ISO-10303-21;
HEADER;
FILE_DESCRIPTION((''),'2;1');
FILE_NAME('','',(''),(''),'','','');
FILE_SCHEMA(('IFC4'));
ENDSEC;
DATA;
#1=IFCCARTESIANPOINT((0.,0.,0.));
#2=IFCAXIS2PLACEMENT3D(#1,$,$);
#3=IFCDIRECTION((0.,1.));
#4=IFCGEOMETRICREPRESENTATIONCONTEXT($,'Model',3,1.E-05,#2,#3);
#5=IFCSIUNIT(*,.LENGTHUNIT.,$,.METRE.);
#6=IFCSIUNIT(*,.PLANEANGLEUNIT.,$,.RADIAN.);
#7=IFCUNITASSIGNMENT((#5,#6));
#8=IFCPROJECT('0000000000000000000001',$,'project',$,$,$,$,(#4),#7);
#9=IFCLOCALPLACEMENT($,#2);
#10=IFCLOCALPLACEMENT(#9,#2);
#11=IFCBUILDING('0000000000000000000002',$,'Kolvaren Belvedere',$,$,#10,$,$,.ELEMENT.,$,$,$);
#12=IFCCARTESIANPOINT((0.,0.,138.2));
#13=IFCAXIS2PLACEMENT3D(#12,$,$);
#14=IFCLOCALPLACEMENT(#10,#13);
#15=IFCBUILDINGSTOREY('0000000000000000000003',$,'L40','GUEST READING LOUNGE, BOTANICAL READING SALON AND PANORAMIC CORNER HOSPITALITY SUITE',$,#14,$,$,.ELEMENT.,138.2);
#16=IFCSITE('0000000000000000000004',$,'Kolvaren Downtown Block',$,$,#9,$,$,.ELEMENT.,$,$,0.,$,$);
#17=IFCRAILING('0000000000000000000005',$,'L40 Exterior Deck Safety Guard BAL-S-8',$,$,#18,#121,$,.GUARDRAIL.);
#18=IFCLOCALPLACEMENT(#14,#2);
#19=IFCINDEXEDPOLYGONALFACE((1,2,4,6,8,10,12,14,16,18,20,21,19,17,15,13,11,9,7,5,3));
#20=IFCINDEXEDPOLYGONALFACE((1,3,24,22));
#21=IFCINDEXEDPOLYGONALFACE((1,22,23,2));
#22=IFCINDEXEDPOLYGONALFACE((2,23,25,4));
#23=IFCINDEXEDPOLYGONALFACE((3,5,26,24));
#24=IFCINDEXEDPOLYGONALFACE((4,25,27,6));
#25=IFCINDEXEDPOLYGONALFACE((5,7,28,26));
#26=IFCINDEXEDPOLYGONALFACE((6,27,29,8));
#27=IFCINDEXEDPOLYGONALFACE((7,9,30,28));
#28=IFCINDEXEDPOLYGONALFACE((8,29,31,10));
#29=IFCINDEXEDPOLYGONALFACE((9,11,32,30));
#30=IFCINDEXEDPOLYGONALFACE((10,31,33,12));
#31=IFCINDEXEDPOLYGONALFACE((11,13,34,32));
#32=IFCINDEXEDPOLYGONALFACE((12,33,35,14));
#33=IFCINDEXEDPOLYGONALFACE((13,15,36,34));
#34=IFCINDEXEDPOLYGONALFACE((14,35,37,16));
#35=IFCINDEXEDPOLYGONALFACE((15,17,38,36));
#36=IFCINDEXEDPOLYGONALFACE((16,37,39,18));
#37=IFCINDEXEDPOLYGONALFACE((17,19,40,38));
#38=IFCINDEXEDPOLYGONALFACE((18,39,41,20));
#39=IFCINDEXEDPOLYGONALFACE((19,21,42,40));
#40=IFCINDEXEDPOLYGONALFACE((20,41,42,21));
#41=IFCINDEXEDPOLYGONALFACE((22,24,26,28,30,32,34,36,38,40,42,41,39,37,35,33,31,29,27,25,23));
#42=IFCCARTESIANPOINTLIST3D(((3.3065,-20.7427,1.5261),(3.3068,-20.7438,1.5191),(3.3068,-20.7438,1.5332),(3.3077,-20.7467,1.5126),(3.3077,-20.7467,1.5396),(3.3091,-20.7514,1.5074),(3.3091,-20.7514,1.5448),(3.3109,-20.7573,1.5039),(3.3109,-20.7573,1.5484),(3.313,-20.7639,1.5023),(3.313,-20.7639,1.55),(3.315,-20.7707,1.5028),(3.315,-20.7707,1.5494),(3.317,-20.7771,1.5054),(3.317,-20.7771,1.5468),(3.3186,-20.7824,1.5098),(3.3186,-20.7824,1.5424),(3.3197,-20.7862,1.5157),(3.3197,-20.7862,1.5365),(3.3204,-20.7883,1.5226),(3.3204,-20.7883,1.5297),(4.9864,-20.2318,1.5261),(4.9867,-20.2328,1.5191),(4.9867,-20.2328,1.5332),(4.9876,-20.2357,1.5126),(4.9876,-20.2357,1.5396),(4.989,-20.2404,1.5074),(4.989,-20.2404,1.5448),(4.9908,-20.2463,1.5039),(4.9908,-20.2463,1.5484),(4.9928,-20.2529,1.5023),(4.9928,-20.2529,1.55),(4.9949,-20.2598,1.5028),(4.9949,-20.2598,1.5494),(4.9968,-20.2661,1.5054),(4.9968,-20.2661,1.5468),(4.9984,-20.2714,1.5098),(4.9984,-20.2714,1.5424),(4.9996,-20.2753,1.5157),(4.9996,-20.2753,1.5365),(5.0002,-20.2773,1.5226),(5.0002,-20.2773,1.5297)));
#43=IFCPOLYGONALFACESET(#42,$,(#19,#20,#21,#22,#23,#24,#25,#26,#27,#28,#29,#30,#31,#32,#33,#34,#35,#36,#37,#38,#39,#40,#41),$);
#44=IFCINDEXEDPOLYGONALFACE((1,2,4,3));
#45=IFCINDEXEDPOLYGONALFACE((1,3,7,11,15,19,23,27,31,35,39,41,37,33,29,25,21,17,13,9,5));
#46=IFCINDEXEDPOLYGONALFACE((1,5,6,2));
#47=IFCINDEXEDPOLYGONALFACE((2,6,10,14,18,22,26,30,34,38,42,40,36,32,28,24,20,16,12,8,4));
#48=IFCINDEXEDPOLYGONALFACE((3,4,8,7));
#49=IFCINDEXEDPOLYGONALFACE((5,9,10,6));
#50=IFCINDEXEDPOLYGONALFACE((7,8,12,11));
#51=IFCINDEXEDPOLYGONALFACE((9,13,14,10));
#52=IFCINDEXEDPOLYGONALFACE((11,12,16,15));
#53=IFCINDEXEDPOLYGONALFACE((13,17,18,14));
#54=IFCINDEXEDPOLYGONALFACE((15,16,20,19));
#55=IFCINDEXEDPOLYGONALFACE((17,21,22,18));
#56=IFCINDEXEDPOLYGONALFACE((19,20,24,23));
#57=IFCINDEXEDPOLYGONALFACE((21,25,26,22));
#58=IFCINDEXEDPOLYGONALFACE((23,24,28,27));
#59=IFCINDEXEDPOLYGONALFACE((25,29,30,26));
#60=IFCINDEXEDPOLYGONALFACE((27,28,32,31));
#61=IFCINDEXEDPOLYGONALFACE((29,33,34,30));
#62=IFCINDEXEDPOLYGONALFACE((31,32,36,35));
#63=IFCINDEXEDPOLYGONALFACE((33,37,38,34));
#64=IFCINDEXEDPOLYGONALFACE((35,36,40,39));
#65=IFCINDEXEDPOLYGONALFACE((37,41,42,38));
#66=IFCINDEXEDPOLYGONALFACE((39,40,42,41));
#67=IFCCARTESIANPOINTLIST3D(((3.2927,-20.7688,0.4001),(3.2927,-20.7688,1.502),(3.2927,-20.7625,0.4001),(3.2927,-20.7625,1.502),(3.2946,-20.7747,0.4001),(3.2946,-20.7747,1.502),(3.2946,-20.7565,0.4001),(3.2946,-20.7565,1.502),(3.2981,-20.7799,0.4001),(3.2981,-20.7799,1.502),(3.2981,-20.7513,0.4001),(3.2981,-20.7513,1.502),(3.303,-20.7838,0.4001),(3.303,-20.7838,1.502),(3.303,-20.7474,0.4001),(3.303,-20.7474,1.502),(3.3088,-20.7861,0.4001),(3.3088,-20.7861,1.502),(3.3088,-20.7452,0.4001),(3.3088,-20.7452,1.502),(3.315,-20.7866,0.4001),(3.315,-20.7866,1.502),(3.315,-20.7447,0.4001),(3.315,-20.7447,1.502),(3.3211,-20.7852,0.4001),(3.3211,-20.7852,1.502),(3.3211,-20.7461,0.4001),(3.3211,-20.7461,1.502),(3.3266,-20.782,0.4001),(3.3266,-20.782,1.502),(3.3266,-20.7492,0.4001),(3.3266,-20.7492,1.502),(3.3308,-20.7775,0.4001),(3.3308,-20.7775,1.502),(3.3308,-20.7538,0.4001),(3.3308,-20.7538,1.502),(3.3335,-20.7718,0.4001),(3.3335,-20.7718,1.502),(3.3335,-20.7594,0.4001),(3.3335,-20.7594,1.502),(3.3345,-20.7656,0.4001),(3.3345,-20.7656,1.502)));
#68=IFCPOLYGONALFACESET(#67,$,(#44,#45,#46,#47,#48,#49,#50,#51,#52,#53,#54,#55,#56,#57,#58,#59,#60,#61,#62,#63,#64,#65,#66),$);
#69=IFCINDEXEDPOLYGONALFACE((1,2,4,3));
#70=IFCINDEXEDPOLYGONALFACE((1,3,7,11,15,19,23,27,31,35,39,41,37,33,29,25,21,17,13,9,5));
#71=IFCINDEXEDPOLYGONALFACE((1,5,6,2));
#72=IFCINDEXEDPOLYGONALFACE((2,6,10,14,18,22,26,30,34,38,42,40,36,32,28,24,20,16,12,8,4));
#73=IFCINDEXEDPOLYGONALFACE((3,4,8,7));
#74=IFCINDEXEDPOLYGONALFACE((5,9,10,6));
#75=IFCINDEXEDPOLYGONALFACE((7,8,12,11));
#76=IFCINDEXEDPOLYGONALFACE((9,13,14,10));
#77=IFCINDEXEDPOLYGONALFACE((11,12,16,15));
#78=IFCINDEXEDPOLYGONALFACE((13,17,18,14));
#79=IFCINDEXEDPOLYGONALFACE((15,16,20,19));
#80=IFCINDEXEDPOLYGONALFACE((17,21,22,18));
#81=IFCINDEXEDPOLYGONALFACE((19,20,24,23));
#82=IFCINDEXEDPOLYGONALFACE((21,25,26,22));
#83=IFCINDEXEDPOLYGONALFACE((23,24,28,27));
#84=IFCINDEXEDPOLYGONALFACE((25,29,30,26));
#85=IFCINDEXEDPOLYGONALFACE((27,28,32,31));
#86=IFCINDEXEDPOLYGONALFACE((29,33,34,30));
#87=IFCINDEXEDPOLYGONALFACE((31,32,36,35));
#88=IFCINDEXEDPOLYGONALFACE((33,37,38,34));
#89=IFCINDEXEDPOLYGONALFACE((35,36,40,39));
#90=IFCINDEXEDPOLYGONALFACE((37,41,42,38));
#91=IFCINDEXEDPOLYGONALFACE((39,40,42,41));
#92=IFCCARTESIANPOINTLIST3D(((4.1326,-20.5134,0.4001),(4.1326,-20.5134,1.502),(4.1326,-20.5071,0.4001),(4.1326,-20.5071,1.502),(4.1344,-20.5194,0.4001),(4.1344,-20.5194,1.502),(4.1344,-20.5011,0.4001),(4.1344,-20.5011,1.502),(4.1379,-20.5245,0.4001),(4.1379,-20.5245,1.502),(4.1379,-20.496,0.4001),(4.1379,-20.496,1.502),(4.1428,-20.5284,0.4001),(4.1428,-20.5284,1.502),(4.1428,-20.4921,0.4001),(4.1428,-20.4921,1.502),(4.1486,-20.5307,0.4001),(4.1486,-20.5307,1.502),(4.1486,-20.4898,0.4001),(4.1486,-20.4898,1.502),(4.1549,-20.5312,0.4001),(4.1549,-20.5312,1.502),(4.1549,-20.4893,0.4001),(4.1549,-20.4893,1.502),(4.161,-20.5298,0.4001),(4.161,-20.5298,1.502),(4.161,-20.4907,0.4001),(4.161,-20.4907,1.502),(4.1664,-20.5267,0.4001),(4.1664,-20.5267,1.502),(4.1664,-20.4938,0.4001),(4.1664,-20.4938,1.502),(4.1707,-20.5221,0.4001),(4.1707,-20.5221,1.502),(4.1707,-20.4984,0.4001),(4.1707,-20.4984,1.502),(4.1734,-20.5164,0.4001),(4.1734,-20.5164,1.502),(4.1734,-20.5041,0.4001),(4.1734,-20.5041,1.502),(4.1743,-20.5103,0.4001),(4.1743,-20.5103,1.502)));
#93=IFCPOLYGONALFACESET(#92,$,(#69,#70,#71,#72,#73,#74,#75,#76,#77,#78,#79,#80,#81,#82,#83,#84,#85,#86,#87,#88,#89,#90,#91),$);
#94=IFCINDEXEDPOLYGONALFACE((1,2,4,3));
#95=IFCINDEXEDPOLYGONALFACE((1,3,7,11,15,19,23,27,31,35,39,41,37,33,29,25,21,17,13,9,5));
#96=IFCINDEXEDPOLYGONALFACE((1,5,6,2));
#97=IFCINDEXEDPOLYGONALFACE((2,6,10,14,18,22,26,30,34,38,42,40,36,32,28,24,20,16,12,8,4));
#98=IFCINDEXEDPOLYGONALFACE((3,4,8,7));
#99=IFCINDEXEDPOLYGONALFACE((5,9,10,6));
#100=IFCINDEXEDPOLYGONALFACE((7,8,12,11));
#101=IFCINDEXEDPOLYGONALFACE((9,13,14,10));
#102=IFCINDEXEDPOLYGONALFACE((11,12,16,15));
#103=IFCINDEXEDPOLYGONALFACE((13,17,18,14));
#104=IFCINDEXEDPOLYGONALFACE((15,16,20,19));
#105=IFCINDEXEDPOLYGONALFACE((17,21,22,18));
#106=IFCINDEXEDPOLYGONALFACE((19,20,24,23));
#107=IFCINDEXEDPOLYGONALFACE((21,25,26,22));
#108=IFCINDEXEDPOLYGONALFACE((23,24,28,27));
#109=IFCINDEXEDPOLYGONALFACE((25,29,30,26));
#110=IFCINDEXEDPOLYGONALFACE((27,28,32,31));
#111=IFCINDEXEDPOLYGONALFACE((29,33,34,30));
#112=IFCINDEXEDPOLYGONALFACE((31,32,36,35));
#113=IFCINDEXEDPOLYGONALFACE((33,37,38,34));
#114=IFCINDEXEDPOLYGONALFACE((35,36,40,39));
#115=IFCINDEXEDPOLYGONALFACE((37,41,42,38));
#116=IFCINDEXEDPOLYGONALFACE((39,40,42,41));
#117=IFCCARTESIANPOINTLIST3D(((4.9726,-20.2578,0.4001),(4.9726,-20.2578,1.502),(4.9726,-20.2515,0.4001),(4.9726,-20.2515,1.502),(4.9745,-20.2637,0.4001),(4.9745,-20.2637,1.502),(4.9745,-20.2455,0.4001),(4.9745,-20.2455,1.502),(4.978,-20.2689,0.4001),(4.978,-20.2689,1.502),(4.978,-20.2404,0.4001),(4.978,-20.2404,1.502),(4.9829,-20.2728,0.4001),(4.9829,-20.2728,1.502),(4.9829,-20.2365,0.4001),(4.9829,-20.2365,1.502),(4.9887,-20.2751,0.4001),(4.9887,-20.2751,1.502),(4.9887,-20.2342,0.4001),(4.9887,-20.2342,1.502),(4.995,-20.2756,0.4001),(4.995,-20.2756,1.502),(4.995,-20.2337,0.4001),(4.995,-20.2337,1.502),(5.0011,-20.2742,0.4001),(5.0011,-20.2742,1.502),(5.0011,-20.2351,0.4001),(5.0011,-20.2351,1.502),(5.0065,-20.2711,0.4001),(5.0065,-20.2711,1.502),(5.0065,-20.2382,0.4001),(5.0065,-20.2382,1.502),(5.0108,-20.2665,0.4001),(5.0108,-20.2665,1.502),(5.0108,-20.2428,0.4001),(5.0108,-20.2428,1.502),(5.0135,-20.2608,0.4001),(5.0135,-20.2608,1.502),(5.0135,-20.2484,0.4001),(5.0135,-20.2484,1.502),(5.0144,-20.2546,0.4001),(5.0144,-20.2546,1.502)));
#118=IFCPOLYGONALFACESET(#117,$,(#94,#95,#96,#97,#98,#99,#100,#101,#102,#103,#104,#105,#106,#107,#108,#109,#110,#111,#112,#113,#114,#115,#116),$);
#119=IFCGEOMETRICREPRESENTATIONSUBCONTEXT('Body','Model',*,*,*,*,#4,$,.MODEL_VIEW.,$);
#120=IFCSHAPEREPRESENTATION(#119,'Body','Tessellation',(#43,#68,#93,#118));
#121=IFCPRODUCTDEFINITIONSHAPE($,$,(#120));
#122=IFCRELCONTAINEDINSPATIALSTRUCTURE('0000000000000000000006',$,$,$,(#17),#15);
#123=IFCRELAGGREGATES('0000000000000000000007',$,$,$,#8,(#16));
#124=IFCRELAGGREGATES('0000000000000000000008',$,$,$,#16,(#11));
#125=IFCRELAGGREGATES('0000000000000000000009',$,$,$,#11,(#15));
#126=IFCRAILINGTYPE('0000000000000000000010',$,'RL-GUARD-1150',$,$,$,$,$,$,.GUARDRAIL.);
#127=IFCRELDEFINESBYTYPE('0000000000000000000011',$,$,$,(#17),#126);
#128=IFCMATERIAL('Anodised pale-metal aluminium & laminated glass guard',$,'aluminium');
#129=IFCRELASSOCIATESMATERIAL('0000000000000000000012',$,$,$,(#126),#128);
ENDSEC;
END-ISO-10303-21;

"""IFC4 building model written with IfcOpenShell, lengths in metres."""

from ifc_helpers import new_model, si_unit, direction, frame, origin, origin_2d, place, context, subcontext, project, spatial, circle, extrude, material, type_object, element, save


model = new_model("IFC4")

# Units and contexts
model_context = context("Model", 3, precision=1e-05, world=origin(), true_north=direction((0.0, 1.0)))
body_context = subcontext(model_context, "Body", "Model", "MODEL_VIEW")
ifc_project = project(units=[si_unit("LENGTHUNIT", "METRE"), si_unit("PLANEANGLEUNIT", "RADIAN")], contexts=[model_context])

# Site, building, storey
site_placement = place(None, origin())
site = spatial("IfcSite", under=ifc_project, at=site_placement, Name="Kolvaren Downtown Block", CompositionType="ELEMENT", RefElevation=0.0)
building_placement = place(site_placement, origin())
building = spatial("IfcBuilding", under=site, at=building_placement, Name="Kolvaren Belvedere", CompositionType="ELEMENT")
storey_placement = place(building_placement, frame((0.0, 0.0, 138.2)))
storey = spatial("IfcBuildingStorey", under=building, at=storey_placement, Name="L40", Description="GUEST READING LOUNGE, BOTANICAL READING SALON AND PANORAMIC CORNER HOSPITALITY SUITE", CompositionType="ELEMENT", Elevation=138.2)

# Railing
ifc_material_1 = material(Name="Anodised pale-metal aluminium & laminated glass guard", Category="aluminium")
railing_type = type_object("IfcRailingType", Name="RL-GUARD-1150", PredefinedType="GUARDRAIL", material=ifc_material_1)
railing_1_placement = place(storey_placement, frame((3.3135, -20.7656, 0.4001)))
element("IfcRailing", 1, at=railing_1_placement, inside=storey, type_object=railing_type, Name="L40 Exterior Deck Safety Guard BAL-S-8", PredefinedType="GUARDRAIL", context=body_context, shape_type="SweptSolid", body=[
    extrude(circle(Radius=0.0239, at=origin_2d()), frame((0.0, 0.0, 1.126), z_axis=(0.956721, 0.291007, 0.0), x_axis=(-0.291007, 0.956721, 0.0)), (0.0, 0.0, 1.0), 1.7559),
    extrude(circle(Radius=0.021, at=origin_2d()), origin(), (0.0, 0.0, 1.0), 1.1018),
    extrude(circle(Radius=0.021, at=origin_2d()), frame((0.8398, 0.2554, 0.0)), (0.0, 0.0, 1.0), 1.1018),
    extrude(circle(Radius=0.021, at=origin_2d()), frame((1.6799, 0.511, 0.0)), (0.0, 0.0, 1.0), 1.1018),
])

save(model, "model.ifc")
